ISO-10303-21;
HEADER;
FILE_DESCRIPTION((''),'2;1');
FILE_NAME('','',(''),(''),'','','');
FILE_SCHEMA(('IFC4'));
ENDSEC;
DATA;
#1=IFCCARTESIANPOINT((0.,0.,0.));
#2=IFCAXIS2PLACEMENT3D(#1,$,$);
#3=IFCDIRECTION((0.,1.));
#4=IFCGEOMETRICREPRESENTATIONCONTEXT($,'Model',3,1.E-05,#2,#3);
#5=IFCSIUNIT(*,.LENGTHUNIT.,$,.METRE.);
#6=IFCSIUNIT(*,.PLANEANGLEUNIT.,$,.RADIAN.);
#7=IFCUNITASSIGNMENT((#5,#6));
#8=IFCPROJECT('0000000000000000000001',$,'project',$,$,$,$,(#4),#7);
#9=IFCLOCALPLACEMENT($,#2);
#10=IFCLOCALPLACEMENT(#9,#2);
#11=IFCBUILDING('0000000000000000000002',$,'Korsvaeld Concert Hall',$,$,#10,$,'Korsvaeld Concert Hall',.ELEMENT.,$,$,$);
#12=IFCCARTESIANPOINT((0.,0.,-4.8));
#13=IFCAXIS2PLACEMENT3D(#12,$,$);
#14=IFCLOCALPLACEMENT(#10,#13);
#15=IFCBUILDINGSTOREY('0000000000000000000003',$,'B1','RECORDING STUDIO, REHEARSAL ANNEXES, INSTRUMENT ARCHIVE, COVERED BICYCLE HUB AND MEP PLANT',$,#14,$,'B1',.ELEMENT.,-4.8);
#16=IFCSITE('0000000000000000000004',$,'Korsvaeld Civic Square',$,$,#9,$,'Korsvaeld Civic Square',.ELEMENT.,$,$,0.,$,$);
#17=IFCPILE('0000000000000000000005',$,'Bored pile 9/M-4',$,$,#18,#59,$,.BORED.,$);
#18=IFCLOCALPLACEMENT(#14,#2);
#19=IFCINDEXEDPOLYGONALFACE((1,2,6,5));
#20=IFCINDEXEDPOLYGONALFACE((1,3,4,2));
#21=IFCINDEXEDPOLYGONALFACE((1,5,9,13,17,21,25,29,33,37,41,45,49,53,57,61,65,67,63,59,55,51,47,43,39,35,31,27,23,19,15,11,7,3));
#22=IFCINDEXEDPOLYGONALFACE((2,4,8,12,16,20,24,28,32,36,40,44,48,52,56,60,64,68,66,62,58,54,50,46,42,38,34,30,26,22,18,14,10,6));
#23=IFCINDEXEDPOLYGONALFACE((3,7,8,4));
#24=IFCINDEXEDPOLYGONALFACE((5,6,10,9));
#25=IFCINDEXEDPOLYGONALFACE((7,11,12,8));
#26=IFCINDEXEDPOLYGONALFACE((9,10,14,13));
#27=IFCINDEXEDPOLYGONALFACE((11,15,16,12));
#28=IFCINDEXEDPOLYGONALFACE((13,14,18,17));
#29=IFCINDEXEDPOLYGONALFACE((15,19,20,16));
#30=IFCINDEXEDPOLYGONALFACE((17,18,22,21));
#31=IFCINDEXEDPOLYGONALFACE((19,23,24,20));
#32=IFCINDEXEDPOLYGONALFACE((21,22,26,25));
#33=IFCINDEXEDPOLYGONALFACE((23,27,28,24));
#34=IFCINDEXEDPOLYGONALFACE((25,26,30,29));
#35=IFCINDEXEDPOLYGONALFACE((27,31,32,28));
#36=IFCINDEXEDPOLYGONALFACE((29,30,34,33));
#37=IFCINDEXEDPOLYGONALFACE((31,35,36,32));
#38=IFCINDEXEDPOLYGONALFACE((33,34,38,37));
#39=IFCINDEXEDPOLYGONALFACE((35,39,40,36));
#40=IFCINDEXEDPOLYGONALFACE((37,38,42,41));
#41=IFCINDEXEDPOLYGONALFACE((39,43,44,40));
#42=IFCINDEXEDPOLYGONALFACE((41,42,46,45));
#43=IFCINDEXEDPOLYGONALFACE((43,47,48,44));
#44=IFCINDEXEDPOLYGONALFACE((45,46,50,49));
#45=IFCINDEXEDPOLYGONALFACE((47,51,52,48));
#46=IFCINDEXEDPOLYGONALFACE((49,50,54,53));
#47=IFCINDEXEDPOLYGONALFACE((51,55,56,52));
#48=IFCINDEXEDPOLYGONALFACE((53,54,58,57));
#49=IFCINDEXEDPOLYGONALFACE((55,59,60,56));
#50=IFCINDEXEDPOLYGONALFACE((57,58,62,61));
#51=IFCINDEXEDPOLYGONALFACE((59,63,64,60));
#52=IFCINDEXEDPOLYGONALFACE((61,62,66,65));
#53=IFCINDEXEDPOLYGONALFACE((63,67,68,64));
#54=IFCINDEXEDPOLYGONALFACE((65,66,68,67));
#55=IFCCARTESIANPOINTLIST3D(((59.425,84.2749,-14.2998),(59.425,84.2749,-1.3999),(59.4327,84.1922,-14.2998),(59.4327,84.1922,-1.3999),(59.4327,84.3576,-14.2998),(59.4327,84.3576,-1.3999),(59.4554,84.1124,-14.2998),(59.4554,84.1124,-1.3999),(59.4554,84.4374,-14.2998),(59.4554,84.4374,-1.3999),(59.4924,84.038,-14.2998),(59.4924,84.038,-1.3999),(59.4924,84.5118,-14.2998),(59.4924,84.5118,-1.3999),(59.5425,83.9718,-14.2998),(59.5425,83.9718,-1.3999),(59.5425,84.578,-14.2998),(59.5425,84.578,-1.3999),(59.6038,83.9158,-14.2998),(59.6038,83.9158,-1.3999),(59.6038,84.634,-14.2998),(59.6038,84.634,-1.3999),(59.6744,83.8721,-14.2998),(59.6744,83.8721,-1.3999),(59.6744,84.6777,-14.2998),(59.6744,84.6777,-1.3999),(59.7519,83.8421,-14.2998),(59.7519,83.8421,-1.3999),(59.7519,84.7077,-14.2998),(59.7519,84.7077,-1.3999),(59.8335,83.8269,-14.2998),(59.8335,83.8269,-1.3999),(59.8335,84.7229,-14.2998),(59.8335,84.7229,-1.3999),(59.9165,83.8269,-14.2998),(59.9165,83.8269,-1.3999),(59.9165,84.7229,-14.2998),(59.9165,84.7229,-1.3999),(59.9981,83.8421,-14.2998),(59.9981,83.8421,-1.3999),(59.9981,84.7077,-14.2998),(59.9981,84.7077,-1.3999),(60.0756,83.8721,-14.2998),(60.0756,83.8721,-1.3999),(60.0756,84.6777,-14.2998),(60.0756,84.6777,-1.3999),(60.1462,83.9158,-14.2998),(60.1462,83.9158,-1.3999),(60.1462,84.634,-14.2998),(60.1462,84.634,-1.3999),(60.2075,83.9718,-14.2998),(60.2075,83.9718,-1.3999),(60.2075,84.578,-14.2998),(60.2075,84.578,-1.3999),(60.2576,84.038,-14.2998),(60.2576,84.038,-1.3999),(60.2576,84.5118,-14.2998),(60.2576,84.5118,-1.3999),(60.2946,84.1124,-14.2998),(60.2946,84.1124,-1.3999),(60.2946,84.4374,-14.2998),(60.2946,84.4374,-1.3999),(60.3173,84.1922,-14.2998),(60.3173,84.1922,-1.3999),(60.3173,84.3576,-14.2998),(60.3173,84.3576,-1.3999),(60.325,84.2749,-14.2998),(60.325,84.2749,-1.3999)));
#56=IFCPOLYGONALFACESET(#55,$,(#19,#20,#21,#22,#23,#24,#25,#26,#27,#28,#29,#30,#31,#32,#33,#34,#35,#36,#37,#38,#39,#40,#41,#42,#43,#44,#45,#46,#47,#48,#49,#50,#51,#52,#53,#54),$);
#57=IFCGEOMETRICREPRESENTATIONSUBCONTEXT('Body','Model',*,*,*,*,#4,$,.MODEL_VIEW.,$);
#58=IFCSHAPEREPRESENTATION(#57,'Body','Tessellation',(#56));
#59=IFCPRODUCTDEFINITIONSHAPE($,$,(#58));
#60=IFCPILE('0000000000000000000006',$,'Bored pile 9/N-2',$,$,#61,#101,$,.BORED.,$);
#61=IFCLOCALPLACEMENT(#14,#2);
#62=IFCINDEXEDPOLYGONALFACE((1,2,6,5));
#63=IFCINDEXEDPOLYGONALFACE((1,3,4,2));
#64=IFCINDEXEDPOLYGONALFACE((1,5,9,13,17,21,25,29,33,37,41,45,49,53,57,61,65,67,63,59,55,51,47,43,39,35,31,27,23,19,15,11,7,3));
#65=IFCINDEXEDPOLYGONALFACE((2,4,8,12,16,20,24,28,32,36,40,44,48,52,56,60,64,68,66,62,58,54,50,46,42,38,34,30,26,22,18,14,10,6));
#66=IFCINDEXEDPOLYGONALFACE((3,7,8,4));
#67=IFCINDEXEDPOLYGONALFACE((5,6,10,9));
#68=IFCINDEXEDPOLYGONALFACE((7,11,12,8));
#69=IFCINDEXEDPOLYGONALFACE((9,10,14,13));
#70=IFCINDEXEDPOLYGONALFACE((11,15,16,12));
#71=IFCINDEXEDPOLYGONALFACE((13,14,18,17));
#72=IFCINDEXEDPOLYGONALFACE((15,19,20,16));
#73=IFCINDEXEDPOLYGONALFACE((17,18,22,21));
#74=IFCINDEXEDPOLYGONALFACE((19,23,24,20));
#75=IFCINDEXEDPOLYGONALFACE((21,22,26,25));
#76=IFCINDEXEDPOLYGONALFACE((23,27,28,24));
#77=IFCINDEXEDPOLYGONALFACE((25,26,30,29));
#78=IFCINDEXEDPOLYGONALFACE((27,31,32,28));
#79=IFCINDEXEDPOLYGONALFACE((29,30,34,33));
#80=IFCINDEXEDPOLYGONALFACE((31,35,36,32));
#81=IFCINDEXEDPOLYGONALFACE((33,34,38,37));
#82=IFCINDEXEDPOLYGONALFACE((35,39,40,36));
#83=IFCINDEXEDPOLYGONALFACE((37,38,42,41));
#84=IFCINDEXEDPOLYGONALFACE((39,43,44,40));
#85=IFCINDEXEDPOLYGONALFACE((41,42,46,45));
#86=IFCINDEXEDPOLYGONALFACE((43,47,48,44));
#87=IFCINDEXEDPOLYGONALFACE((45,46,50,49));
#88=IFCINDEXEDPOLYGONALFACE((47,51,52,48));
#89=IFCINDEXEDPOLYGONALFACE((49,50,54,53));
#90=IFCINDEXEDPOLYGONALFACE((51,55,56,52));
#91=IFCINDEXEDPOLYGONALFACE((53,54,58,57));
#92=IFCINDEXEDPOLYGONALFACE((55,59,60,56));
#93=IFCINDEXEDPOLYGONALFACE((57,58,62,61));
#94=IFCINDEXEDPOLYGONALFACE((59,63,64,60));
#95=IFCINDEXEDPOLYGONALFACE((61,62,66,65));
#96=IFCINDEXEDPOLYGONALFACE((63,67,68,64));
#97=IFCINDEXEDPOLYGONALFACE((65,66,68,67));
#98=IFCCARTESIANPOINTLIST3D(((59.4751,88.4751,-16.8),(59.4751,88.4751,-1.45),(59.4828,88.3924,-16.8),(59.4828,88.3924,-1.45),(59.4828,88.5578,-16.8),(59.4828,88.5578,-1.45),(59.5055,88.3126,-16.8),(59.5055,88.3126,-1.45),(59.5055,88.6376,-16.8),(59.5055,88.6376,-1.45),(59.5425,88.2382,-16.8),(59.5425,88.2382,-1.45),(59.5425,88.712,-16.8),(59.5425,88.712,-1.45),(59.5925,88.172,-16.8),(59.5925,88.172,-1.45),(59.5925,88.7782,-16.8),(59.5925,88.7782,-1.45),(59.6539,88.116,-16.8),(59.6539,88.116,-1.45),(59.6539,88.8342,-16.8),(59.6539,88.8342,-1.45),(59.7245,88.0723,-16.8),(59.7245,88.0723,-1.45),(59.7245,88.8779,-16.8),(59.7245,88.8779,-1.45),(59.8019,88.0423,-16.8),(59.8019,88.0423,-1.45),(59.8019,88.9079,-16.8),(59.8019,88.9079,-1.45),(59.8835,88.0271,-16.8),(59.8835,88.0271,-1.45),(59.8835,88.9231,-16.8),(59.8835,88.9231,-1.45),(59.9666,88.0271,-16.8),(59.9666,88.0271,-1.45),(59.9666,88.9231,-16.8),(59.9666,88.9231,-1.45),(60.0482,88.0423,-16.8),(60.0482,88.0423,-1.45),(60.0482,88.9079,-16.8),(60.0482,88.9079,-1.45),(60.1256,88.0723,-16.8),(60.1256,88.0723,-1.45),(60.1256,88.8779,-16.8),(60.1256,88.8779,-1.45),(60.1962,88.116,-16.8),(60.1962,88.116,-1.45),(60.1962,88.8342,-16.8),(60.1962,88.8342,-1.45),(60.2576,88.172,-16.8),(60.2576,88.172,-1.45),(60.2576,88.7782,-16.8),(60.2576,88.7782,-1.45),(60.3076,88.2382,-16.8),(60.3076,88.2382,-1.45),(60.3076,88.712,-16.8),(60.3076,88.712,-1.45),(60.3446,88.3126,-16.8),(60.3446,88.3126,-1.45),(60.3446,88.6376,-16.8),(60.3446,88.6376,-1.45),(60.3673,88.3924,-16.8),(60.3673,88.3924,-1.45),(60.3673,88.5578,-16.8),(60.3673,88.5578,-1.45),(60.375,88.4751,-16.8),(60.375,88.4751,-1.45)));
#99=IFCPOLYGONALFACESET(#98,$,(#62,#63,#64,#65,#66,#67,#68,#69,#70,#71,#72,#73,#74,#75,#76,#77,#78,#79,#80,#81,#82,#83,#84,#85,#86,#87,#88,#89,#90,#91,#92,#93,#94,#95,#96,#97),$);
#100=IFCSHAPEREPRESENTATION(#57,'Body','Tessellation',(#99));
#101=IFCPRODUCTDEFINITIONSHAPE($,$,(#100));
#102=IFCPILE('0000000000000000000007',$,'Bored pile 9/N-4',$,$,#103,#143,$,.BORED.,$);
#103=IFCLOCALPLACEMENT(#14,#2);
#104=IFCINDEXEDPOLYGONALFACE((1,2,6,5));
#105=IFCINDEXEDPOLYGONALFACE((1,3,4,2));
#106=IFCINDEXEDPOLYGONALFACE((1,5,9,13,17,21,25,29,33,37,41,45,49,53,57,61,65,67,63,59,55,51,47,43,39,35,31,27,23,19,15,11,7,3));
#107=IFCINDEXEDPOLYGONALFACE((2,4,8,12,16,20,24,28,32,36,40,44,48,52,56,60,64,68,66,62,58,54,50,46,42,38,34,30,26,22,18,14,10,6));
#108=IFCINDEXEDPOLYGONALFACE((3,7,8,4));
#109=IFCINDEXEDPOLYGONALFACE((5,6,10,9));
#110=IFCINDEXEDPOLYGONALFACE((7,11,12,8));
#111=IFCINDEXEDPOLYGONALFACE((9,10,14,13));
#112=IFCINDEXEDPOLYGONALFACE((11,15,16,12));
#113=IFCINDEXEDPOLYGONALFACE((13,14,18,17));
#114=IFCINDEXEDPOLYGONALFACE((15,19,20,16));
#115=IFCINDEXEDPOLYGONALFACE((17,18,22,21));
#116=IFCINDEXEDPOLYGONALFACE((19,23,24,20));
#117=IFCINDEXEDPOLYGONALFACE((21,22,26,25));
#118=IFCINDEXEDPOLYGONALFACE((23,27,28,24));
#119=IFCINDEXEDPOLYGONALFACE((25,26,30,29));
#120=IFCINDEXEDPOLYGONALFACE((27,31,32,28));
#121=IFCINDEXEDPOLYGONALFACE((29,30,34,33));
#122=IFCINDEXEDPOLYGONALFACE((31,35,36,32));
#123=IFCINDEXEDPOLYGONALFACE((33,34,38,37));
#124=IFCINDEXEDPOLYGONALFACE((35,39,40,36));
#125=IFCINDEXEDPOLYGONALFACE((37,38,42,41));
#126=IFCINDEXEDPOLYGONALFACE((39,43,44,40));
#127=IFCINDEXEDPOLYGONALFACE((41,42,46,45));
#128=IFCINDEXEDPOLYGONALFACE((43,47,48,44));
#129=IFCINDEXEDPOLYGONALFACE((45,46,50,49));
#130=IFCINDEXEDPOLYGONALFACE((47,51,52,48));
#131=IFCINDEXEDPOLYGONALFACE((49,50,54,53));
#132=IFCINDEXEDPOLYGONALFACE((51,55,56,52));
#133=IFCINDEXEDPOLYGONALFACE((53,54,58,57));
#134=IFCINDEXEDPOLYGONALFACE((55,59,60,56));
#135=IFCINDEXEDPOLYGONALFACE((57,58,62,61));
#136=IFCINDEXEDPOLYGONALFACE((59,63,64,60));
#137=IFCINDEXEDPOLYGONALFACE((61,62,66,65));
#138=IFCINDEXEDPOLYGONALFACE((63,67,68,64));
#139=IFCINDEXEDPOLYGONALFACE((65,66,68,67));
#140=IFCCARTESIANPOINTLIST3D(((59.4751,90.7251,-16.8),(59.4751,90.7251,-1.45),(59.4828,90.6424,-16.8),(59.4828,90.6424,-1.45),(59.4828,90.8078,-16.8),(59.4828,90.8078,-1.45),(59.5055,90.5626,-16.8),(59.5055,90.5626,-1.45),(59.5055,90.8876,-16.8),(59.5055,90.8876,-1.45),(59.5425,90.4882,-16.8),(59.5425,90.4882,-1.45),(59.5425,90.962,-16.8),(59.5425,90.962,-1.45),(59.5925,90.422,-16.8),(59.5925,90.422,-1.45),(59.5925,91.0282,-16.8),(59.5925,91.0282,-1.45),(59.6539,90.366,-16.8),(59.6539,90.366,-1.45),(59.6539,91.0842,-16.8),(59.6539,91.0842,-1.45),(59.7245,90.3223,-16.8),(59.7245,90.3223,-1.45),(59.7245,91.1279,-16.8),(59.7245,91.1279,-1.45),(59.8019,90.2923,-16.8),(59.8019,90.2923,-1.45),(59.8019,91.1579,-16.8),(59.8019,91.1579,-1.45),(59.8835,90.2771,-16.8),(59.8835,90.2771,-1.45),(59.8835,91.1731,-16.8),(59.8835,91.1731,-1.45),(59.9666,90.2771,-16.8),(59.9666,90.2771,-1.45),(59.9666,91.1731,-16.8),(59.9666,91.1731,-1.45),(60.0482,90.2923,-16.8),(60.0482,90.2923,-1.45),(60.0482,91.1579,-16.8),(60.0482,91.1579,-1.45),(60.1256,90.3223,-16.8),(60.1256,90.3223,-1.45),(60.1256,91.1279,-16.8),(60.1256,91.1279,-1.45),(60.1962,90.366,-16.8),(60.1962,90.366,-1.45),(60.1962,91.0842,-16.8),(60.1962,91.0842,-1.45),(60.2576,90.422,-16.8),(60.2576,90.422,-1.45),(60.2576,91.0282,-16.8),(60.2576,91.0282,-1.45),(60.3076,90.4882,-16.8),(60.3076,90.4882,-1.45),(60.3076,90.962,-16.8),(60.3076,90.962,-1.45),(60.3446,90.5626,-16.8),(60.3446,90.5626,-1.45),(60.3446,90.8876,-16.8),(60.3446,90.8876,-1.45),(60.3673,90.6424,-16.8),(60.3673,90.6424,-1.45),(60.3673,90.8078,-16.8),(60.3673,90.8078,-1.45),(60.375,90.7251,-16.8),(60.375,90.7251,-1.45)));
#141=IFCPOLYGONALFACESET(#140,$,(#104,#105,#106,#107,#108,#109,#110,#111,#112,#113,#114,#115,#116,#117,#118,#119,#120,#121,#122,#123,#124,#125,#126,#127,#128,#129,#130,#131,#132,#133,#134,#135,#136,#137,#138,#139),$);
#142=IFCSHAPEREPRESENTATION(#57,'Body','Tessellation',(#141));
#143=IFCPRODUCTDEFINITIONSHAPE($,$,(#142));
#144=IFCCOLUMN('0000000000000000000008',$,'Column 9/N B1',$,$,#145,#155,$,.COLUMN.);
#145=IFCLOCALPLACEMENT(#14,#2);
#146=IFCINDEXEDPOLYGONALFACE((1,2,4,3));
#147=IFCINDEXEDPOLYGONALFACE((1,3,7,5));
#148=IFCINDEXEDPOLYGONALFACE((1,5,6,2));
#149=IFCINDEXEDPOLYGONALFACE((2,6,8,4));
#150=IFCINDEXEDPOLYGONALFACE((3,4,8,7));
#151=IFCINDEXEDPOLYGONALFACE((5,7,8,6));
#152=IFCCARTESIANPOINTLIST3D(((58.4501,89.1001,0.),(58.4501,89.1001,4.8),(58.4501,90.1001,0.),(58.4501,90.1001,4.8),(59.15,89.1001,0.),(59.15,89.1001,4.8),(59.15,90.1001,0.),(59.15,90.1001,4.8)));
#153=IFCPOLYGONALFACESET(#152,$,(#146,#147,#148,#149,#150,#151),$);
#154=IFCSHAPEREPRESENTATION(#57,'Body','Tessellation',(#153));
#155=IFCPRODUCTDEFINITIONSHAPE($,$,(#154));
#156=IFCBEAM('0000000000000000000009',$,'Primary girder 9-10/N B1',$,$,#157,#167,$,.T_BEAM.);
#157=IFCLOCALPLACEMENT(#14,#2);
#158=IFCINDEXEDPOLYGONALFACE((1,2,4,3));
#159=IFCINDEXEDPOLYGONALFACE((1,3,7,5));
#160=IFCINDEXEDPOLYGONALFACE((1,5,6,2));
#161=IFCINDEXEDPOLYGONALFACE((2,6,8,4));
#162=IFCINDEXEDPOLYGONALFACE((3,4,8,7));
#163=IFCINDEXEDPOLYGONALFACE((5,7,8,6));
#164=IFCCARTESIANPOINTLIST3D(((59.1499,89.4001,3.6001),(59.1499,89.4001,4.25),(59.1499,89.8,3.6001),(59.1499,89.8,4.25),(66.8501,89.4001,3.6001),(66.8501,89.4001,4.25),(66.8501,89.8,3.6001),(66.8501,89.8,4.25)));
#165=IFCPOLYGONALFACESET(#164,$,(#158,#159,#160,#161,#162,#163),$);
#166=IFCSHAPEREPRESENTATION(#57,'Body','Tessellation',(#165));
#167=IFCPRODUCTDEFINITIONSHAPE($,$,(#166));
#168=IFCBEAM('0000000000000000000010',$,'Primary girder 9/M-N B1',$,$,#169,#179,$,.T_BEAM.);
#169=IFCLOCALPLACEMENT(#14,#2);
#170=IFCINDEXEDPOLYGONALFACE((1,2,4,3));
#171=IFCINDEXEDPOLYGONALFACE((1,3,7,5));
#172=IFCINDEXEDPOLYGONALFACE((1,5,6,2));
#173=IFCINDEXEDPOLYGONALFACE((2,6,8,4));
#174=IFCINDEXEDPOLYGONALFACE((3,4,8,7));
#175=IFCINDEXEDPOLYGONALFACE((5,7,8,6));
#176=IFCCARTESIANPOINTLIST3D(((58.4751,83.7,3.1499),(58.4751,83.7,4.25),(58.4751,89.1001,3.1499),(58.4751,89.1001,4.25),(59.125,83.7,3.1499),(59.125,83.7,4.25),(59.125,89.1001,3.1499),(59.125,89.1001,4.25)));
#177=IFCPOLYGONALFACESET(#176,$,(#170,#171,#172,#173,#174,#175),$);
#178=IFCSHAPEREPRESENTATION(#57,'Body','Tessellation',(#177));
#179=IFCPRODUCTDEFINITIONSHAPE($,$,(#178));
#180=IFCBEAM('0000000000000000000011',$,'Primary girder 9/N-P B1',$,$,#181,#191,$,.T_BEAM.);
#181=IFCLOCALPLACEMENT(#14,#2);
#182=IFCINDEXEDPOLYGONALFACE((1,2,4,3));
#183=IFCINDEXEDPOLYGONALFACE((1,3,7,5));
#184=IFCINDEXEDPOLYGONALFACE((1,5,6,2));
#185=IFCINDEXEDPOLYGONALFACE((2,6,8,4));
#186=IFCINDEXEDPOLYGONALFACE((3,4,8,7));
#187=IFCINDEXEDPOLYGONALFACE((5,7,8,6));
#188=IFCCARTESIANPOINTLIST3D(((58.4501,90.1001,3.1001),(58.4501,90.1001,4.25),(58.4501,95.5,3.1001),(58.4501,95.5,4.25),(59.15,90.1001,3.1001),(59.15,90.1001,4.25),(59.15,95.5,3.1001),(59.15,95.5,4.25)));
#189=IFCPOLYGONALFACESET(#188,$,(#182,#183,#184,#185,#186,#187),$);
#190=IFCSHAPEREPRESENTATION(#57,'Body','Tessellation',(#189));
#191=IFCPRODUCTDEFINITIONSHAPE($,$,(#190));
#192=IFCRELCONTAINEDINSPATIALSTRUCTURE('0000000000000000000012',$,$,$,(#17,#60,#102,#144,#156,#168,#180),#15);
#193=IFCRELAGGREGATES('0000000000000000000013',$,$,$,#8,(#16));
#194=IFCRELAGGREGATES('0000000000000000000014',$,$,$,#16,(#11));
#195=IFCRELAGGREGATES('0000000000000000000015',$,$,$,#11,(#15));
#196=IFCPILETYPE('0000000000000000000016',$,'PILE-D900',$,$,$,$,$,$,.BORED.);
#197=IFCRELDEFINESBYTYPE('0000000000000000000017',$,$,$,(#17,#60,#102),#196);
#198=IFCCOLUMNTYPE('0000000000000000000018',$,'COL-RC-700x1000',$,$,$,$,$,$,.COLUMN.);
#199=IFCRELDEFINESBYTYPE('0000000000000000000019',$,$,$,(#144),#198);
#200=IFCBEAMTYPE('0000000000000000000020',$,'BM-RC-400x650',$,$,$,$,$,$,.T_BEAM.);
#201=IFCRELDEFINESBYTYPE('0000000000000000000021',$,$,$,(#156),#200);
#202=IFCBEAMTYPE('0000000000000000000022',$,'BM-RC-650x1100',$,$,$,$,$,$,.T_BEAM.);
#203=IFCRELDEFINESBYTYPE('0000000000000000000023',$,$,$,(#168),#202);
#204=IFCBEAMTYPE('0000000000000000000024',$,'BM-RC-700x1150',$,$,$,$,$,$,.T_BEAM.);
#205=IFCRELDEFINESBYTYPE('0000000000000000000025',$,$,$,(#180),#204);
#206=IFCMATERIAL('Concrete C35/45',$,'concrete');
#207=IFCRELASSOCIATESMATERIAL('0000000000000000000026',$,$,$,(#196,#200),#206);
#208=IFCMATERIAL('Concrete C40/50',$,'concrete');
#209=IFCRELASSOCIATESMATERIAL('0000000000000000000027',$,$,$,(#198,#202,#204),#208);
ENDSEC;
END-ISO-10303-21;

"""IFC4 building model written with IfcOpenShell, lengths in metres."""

from ifc_helpers import new_model, si_unit, direction, frame, origin, origin_2d, place, context, subcontext, project, spatial, rectangle, circle, extrude, material, material_profile, profile_set, type_object, element, save


model = new_model("IFC4")

# Units and contexts
model_context = context("Model", 3, precision=1e-05, world=origin(), true_north=direction((0.0, 1.0)))
body_context = subcontext(model_context, "Body", "Model", "MODEL_VIEW")
ifc_project = project(units=[si_unit("LENGTHUNIT", "METRE"), si_unit("PLANEANGLEUNIT", "RADIAN")], contexts=[model_context])

# Site, building, storey
site_placement = place(None, origin())
site = spatial("IfcSite", under=ifc_project, at=site_placement, Name="Korsvaeld Civic Square", LongName="Korsvaeld Civic Square", CompositionType="ELEMENT", RefElevation=0.0)
building_placement = place(site_placement, origin())
building = spatial("IfcBuilding", under=site, at=building_placement, Name="Korsvaeld Concert Hall", LongName="Korsvaeld Concert Hall", CompositionType="ELEMENT")
storey_placement = place(building_placement, frame((0.0, 0.0, -4.8)))
storey = spatial("IfcBuildingStorey", under=building, at=storey_placement, Name="B1", Description="RECORDING STUDIO, REHEARSAL ANNEXES, INSTRUMENT ARCHIVE, COVERED BICYCLE HUB AND MEP PLANT", LongName="B1", CompositionType="ELEMENT", Elevation=-4.8)

# Shared definitions
ifc_material_1 = material(Name="Concrete C35/45", Category="concrete")

# Piles
ifc_material_profile_1 = material_profile(ifc_material_1, circle(Radius=0.45, at=origin_2d()), Name="BORED PILE D900")
ifc_profile_set_1 = profile_set([ifc_material_profile_1], Name="Concrete C35/45")
pile_type = type_object("IfcPileType", Name="PILE-D900", PredefinedType="BORED", material=ifc_profile_set_1)
pile_1_placement = place(storey_placement, frame((59.875, 84.2749, -1.3999), z_axis=(0.0, 0.0, -1.0), x_axis=(1.0, 0.0, 0.0)))
element("IfcPile", 1, at=pile_1_placement, inside=storey, type_object=pile_type, Name="Bored pile 9/M-4", PredefinedType="BORED", context=body_context, shape_type="SweptSolid", body=[
    extrude(circle(Radius=0.45, at=origin_2d()), origin(), (0.0, 0.0, 1.0), 12.8999),
])
for number, where, z_axis, x_axis, name in (
    (2, (59.925, 88.4751, -1.45), (0.0, 0.0, -1.0), (1.0, 0.0, 0.0), "Bored pile 9/N-2"),
    (3, (59.925, 90.7251, -1.45), (0.0, 0.0, -1.0), (1.0, 0.0, 0.0), "Bored pile 9/N-4"),
):
    element("IfcPile", number, at=place(storey_placement, frame(where, z_axis=z_axis, x_axis=x_axis)), inside=storey, type_object=pile_type, Name=name, PredefinedType="BORED", context=body_context, shape_type="SweptSolid", body=[
        extrude(circle(Radius=0.45, at=origin_2d()), origin(), (0.0, 0.0, 1.0), 15.3501),
    ])

# Column
ifc_material_2 = material(Name="Concrete C40/50", Category="concrete")
ifc_material_profile_2 = material_profile(ifc_material_2, rectangle(XDim=0.7, YDim=1.0, at=origin_2d()), Name="RC 700x1000")
ifc_profile_set_2 = profile_set([ifc_material_profile_2], Name="Concrete C40/50")
column_type = type_object("IfcColumnType", Name="COL-RC-700x1000", PredefinedType="COLUMN", material=ifc_profile_set_2)
column_placement = place(storey_placement, frame((58.8, 89.6001, 0.0), z_axis=(0.0, 0.0, 1.0), x_axis=(1.0, 0.0, 0.0)))
element("IfcColumn", 4, at=column_placement, inside=storey, type_object=column_type, Name="Column 9/N B1", PredefinedType="COLUMN", context=body_context, shape_type="SweptSolid", body=[
    extrude(rectangle(XDim=0.7, YDim=1.0, at=origin_2d()), origin(), (0.0, 0.0, 1.0), 4.8),
])

# Beams
ifc_material_profile_3 = material_profile(ifc_material_1, rectangle(XDim=0.3999, YDim=0.6499, at=origin_2d()), Name="RC 400x650")
ifc_profile_set_3 = profile_set([ifc_material_profile_3], Name="Concrete C35/45")
beam_type_1 = type_object("IfcBeamType", Name="BM-RC-400x650", PredefinedType="T_BEAM", material=ifc_profile_set_3)
beam_1_placement = place(storey_placement, frame((59.1499, 89.6001, 3.925), z_axis=(1.0, 0.0, 0.0), x_axis=(0.0, 1.0, 0.0)))
element("IfcBeam", 5, at=beam_1_placement, inside=storey, type_object=beam_type_1, Name="Primary girder 9-10/N B1", PredefinedType="T_BEAM", context=body_context, shape_type="SweptSolid", body=[
    extrude(rectangle(XDim=0.3999, YDim=0.6499, at=origin_2d()), origin(), (0.0, 0.0, 1.0), 7.7002),
])
ifc_material_profile_4 = material_profile(ifc_material_2, rectangle(XDim=0.6499, YDim=1.1001, at=origin_2d()), Name="RC 650x1100")
ifc_profile_set_4 = profile_set([ifc_material_profile_4], Name="Concrete C40/50")
beam_type_2 = type_object("IfcBeamType", Name="BM-RC-650x1100", PredefinedType="T_BEAM", material=ifc_profile_set_4)
beam_2_placement = place(storey_placement, frame((58.8, 83.7, 3.7), z_axis=(0.0, 1.0, 0.0), x_axis=(-1.0, 0.0, 0.0)))
element("IfcBeam", 6, at=beam_2_placement, inside=storey, type_object=beam_type_2, Name="Primary girder 9/M-N B1", PredefinedType="T_BEAM", context=body_context, shape_type="SweptSolid", body=[
    extrude(rectangle(XDim=0.6499, YDim=1.1001, at=origin_2d()), origin(), (0.0, 0.0, 1.0), 5.4001),
])
ifc_material_profile_5 = material_profile(ifc_material_2, rectangle(XDim=0.7, YDim=1.1499, at=origin_2d()), Name="RC 700x1150")
ifc_profile_set_5 = profile_set([ifc_material_profile_5], Name="Concrete C40/50")
beam_type_3 = type_object("IfcBeamType", Name="BM-RC-700x1150", PredefinedType="T_BEAM", material=ifc_profile_set_5)
beam_3_placement = place(storey_placement, frame((58.8, 90.1001, 3.675), z_axis=(0.0, 1.0, 0.0), x_axis=(-1.0, 0.0, 0.0)))
element("IfcBeam", 7, at=beam_3_placement, inside=storey, type_object=beam_type_3, Name="Primary girder 9/N-P B1", PredefinedType="T_BEAM", context=body_context, shape_type="SweptSolid", body=[
    extrude(rectangle(XDim=0.7, YDim=1.1499, at=origin_2d()), origin(), (0.0, 0.0, 1.0), 5.3999),
])

save(model, "model.ifc")
